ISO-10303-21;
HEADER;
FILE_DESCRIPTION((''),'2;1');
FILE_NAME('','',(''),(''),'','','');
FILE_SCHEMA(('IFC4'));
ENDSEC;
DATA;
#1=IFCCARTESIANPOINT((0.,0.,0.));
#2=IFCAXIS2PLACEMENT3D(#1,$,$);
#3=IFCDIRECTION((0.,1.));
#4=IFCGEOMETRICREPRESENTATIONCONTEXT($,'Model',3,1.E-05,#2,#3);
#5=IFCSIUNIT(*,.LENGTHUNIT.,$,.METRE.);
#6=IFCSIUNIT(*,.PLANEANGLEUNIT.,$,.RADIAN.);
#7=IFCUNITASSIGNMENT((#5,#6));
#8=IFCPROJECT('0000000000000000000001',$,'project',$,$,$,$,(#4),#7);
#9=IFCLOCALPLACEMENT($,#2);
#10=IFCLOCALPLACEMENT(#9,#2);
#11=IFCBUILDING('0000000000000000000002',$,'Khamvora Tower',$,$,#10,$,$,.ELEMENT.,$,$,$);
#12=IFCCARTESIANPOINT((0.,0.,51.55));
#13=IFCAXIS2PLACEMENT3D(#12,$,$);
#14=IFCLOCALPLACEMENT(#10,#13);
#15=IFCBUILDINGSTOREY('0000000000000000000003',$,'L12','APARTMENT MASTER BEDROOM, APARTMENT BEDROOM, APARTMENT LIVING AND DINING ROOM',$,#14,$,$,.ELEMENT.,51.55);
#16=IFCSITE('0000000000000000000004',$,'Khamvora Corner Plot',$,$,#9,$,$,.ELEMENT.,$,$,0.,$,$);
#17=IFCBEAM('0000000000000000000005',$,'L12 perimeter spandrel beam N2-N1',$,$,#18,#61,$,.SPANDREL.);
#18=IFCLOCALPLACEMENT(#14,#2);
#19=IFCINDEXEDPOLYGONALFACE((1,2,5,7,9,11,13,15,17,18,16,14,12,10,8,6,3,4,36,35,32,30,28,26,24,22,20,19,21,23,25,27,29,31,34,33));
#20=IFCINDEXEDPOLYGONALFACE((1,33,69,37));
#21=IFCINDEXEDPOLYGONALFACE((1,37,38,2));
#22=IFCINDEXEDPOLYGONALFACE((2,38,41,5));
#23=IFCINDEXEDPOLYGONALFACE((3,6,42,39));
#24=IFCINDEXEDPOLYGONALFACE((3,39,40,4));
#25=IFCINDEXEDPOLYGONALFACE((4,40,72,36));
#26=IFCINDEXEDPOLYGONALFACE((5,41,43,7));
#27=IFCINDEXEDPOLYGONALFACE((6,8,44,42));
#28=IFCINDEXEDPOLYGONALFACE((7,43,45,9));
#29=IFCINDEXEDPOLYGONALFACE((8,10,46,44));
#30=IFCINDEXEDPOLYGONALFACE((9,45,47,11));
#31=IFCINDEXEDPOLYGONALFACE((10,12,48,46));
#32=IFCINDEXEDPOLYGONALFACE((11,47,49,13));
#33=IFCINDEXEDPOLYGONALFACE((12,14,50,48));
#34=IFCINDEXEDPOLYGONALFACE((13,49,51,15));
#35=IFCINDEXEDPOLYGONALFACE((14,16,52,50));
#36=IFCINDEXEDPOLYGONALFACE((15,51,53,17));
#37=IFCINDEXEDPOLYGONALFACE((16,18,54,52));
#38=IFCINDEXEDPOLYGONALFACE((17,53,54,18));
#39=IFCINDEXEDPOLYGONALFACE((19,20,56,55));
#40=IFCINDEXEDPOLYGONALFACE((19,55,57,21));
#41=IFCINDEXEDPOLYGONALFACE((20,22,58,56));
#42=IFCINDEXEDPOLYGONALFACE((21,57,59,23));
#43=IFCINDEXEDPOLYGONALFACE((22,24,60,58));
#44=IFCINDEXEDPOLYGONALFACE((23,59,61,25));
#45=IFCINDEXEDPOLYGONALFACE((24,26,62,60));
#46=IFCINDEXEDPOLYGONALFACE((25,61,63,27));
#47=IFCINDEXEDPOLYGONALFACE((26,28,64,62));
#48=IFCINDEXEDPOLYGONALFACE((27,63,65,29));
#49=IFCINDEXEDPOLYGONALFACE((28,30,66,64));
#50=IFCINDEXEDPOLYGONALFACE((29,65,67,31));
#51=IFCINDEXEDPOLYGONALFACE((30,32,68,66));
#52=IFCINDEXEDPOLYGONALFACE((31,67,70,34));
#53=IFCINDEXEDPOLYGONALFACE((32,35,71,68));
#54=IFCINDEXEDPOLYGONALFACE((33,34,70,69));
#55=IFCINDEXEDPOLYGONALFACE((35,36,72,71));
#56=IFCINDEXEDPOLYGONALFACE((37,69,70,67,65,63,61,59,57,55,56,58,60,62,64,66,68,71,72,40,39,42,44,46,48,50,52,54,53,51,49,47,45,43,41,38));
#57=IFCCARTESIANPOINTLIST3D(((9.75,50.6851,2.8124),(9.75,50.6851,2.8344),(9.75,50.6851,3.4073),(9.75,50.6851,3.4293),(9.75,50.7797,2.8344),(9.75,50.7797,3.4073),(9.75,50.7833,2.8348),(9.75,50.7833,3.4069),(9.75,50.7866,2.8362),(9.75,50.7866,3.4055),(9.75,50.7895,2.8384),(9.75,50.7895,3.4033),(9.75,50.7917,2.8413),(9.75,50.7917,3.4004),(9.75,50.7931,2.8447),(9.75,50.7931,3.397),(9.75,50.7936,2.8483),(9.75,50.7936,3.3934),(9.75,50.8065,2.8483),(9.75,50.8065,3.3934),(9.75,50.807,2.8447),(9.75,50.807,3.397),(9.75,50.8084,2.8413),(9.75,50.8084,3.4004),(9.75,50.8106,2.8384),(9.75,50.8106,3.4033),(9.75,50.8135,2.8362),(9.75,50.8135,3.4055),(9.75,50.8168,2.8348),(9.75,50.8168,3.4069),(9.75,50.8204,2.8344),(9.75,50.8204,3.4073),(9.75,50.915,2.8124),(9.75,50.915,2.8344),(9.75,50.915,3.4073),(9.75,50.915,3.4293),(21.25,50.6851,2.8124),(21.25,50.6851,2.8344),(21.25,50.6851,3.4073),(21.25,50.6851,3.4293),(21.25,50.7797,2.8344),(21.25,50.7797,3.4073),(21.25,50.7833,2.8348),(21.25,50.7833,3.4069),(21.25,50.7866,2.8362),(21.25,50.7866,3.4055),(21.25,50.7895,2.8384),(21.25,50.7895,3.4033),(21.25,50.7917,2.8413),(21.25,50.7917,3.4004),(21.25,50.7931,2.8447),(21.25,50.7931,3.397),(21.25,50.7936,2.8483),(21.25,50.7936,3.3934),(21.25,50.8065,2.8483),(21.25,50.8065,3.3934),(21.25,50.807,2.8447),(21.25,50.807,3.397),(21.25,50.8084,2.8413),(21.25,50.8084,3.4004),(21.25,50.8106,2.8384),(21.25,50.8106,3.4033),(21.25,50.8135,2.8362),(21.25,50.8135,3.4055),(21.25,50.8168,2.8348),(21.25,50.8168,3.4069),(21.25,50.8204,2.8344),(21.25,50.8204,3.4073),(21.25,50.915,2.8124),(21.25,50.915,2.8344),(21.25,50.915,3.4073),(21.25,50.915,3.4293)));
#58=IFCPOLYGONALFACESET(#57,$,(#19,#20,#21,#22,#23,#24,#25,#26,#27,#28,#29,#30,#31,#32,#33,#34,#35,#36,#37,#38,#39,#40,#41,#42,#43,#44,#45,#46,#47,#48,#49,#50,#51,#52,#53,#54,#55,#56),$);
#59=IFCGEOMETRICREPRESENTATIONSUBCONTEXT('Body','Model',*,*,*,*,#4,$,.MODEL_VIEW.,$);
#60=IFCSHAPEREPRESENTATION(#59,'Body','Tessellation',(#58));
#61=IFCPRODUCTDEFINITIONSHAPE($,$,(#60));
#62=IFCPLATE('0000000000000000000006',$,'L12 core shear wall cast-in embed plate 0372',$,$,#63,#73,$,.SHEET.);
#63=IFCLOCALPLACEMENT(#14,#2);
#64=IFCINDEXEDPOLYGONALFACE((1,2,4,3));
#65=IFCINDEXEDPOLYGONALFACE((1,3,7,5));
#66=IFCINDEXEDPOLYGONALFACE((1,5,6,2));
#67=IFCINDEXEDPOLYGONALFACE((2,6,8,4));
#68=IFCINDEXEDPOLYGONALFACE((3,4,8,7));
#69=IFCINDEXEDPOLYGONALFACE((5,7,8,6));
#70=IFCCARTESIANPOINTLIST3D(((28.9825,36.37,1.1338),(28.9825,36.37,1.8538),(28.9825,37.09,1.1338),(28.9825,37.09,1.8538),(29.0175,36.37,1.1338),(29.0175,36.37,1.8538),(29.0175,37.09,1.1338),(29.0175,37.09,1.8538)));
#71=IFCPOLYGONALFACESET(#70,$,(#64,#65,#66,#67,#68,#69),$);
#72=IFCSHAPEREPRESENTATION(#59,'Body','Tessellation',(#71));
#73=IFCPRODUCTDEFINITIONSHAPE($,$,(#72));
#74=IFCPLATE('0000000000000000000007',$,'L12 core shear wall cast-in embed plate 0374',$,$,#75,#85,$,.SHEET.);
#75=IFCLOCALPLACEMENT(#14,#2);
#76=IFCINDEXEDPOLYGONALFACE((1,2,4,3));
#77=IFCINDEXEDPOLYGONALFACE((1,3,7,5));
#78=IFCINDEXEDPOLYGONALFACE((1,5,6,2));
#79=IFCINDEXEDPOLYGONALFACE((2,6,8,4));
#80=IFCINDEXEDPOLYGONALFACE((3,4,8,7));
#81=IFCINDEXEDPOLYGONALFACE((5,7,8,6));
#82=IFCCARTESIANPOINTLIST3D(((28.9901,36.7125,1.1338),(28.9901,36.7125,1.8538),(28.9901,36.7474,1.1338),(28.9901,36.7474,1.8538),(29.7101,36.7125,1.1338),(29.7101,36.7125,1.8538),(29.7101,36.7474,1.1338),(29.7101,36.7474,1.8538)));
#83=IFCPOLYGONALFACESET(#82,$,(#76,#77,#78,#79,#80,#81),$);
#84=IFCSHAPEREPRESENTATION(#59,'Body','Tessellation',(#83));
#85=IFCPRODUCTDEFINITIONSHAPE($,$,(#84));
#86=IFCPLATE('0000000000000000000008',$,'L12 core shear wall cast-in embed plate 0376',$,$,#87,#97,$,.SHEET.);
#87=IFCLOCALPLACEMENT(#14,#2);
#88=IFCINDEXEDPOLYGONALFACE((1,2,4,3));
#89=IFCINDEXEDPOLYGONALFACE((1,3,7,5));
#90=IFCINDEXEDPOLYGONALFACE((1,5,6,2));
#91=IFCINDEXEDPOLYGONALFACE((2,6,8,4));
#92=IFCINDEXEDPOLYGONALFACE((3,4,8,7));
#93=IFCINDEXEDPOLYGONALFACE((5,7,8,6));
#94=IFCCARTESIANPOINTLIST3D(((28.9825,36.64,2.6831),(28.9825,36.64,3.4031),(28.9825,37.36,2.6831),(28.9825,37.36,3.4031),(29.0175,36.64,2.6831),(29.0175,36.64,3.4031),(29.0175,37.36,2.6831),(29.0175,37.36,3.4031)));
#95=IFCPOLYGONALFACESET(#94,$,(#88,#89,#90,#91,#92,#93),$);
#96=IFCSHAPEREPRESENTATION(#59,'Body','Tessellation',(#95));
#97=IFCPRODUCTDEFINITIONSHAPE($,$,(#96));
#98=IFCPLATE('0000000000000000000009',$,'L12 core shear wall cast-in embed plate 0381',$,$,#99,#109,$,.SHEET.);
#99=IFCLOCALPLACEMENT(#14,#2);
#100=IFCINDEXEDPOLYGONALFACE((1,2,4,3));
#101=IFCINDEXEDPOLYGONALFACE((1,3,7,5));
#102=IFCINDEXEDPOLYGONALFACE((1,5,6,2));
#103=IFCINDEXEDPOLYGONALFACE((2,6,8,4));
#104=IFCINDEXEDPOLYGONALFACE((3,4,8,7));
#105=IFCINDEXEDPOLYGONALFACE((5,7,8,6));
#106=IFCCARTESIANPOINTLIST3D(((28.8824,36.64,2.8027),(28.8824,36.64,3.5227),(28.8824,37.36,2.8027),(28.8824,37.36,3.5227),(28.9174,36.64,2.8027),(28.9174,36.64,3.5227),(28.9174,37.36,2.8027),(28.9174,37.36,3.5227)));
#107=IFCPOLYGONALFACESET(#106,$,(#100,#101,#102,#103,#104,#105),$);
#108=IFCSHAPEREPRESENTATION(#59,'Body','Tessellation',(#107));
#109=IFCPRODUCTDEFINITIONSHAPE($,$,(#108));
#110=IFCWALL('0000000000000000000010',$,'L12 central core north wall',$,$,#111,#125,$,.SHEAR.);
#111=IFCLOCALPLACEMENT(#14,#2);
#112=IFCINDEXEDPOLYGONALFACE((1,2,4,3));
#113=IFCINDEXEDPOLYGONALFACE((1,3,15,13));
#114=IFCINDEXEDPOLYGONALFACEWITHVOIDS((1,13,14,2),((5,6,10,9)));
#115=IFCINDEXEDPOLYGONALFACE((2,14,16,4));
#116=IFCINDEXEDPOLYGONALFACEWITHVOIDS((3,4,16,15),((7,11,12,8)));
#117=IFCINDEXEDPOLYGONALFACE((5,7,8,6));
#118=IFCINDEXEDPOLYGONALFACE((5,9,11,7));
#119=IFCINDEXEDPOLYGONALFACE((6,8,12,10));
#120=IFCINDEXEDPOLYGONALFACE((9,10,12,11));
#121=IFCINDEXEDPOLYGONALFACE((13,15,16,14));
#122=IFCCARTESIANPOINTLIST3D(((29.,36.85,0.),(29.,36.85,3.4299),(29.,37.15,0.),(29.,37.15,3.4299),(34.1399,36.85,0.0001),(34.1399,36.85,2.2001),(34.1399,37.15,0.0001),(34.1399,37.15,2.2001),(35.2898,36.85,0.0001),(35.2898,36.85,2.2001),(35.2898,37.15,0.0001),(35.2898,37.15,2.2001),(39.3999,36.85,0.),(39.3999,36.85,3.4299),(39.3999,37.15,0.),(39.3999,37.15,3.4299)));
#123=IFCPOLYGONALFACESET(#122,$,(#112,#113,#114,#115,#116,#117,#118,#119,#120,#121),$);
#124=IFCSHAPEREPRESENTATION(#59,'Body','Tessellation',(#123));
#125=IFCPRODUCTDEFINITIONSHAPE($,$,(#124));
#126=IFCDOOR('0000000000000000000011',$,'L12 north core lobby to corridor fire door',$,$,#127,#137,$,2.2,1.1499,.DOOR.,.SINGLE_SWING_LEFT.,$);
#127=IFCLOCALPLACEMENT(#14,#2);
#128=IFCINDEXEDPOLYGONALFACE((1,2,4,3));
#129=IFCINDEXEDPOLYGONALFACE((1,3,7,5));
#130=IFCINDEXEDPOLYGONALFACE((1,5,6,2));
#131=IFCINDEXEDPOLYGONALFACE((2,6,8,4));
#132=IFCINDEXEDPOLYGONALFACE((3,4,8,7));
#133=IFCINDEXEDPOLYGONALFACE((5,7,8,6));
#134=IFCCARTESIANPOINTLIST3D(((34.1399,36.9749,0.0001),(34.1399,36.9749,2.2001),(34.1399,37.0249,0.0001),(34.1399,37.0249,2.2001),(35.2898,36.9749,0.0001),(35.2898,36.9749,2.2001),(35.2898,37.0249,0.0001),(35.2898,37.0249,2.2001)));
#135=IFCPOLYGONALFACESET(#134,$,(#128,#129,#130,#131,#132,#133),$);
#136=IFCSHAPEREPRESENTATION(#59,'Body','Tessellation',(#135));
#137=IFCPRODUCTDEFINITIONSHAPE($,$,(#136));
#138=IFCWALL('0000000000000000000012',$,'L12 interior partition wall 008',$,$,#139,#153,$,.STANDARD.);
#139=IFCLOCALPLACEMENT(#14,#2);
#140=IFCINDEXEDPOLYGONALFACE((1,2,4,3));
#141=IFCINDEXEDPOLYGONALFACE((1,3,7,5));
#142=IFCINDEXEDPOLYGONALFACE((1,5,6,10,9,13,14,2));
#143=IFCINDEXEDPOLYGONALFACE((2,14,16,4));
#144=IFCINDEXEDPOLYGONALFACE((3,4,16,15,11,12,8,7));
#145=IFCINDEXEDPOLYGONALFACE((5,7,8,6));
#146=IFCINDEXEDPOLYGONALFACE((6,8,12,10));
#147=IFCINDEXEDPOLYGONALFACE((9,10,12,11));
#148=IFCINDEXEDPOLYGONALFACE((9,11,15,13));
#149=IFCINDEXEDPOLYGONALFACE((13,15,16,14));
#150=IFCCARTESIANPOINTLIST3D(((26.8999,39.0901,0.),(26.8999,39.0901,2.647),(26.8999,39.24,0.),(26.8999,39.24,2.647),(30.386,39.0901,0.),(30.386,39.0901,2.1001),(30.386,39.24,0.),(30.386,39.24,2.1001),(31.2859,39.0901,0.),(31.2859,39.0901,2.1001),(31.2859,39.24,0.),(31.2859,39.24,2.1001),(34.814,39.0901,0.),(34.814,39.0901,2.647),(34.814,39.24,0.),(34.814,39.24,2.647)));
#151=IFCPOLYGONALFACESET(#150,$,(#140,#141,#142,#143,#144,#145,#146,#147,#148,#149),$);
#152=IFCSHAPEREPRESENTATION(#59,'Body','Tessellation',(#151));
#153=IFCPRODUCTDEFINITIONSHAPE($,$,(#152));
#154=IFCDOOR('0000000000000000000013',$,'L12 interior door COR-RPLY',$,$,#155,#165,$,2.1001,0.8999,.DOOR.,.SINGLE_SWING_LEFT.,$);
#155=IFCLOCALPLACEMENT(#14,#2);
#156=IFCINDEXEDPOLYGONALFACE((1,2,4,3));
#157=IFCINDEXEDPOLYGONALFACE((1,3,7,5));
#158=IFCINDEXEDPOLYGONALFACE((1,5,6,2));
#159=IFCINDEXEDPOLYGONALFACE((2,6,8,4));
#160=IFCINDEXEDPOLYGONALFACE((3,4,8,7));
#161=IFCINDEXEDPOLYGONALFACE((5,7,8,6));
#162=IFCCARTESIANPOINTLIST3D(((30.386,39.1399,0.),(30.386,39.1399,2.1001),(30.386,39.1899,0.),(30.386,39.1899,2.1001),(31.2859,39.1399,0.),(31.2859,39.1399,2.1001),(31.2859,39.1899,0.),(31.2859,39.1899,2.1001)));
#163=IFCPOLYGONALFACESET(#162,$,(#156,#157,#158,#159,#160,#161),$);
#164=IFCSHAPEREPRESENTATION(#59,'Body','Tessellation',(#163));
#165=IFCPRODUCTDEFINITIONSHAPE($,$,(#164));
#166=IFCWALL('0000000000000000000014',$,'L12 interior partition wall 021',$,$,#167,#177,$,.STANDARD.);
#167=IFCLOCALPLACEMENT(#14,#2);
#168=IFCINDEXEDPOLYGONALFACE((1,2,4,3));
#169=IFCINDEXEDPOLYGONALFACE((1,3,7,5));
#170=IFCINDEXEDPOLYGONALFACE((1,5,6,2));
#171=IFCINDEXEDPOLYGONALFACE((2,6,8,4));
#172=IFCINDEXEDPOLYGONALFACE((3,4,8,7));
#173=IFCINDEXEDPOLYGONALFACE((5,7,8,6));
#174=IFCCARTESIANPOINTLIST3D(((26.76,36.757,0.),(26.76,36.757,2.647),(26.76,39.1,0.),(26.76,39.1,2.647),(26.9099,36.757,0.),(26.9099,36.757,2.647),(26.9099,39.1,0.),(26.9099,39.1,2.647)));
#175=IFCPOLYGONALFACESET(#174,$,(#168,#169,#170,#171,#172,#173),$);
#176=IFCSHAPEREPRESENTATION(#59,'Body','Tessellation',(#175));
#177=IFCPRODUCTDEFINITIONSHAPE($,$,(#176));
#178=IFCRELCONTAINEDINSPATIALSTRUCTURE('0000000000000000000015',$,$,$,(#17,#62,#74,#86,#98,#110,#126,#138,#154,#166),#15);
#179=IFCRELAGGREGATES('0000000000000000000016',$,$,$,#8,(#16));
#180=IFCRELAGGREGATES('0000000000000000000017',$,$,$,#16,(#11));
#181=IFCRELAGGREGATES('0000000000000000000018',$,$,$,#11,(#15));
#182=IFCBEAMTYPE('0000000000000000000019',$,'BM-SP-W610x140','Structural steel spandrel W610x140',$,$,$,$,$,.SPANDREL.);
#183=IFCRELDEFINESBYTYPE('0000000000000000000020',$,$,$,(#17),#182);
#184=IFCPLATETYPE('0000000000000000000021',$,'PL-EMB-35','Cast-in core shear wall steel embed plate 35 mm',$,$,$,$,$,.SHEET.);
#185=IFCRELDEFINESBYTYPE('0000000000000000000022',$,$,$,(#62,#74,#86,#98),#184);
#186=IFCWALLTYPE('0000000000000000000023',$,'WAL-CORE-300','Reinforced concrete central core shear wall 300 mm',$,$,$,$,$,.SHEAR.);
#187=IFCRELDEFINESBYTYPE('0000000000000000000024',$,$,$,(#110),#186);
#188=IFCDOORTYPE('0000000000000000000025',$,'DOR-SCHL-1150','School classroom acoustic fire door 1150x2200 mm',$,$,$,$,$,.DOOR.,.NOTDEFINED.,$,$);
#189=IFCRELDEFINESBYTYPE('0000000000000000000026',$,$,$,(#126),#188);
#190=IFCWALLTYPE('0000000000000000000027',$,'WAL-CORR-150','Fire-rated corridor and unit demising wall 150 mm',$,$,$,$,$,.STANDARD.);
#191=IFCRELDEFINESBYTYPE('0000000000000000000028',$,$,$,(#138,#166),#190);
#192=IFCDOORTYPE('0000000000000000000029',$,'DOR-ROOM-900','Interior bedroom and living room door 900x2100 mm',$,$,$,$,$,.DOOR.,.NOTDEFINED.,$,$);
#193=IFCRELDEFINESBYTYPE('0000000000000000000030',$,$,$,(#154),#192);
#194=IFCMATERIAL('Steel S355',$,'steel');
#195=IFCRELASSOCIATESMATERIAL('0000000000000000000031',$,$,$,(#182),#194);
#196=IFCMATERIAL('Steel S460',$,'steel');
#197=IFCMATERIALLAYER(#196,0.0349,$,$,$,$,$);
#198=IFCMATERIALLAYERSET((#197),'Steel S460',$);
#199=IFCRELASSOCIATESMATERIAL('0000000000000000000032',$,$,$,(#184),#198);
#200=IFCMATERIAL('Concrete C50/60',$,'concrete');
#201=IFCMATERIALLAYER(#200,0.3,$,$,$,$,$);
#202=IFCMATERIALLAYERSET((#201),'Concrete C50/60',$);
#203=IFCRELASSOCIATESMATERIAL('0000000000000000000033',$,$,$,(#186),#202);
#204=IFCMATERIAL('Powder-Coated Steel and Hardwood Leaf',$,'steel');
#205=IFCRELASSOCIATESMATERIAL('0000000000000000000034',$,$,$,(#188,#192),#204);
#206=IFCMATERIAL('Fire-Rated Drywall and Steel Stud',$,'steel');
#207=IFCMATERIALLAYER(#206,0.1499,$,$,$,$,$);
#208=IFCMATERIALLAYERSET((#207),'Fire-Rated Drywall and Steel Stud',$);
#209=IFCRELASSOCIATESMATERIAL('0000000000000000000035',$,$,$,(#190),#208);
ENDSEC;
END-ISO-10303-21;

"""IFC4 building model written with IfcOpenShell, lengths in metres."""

from ifc_helpers import new_model, si_unit, direction, frame, frame_2d, origin, origin_2d, place, context, subcontext, project, spatial, rectangle, i_section, extrude, material, layer, layer_set, material_profile, profile_set, type_object, element, fill, save


model = new_model("IFC4")

# Units and contexts
model_context = context("Model", 3, precision=1e-05, world=origin(), true_north=direction((0.0, 1.0)))
body_context = subcontext(model_context, "Body", "Model", "MODEL_VIEW")
ifc_project = project(units=[si_unit("LENGTHUNIT", "METRE"), si_unit("PLANEANGLEUNIT", "RADIAN")], contexts=[model_context])

# Site, building, storey
site_placement = place(None, origin())
site = spatial("IfcSite", under=ifc_project, at=site_placement, Name="Khamvora Corner Plot", CompositionType="ELEMENT", RefElevation=0.0)
building_placement = place(site_placement, origin())
building = spatial("IfcBuilding", under=site, at=building_placement, Name="Khamvora Tower", CompositionType="ELEMENT")
storey_placement = place(building_placement, frame((0.0, 0.0, 51.55)))
storey = spatial("IfcBuildingStorey", under=building, at=storey_placement, Name="L12", Description="APARTMENT MASTER BEDROOM, APARTMENT BEDROOM, APARTMENT LIVING AND DINING ROOM", CompositionType="ELEMENT", Elevation=51.55)

# Shared definitions
ifc_material_1 = material(Name="Steel S460", Category="steel")

# Beam
ifc_material_2 = material(Name="Steel S355", Category="steel")
ifc_material_profile_1 = material_profile(ifc_material_2, i_section(OverallWidth=0.23, OverallDepth=0.6169, WebThickness=0.0129, FlangeThickness=0.022, FilletRadius=0.0139, at=origin_2d()), Name="W610x140")
ifc_profile_set_1 = profile_set([ifc_material_profile_1], Name="Steel S355")
beam_type_1 = type_object("IfcBeamType", Name="BM-SP-W610x140", Description="Structural steel spandrel W610x140", PredefinedType="SPANDREL", material=ifc_profile_set_1)
beam_1_placement = place(storey_placement, frame((21.25, 50.8, 3.1208), z_axis=(-1.0, 0.0, 0.0), x_axis=(0.0, -1.0, 0.0)))
element("IfcBeam", 1, at=beam_1_placement, inside=storey, type_object=beam_type_1, Name="L12 perimeter spandrel beam N2-N1", PredefinedType="SPANDREL", context=body_context, shape_type="SweptSolid", body=[
    extrude(i_section(OverallWidth=0.23, OverallDepth=0.6169, WebThickness=0.0129, FlangeThickness=0.022, FilletRadius=0.0139, at=origin_2d()), origin(), (0.0, 0.0, 1.0), 11.5),
])

# Plates
ifc_layer_1 = layer(ifc_material_1, 0.0349)
ifc_layer_set_1 = layer_set([ifc_layer_1], Name="Steel S460")
plate_type = type_object("IfcPlateType", Name="PL-EMB-35", Description="Cast-in core shear wall steel embed plate 35 mm", PredefinedType="SHEET", material=ifc_layer_set_1)
plate_1_placement = place(storey_placement, frame((29.0, 36.73, 1.1338), z_axis=(0.0, 0.0, 1.0), x_axis=(1.0, 0.0, 0.0)))
element("IfcPlate", 2, at=plate_1_placement, inside=storey, type_object=plate_type, Name="L12 core shear wall cast-in embed plate 0372", PredefinedType="SHEET", context=body_context, shape_type="SweptSolid", body=[
    extrude(rectangle(XDim=0.0349, YDim=0.72, at=origin_2d()), origin(), (0.0, 0.0, 1.0), 0.72),
])
plate_2_placement = place(storey_placement, frame((29.3501, 36.73, 1.1338), z_axis=(0.0, 0.0, 1.0), x_axis=(1.0, 0.0, 0.0)))
element("IfcPlate", 3, at=plate_2_placement, inside=storey, type_object=plate_type, Name="L12 core shear wall cast-in embed plate 0374", PredefinedType="SHEET", context=body_context, shape_type="SweptSolid", body=[
    extrude(rectangle(XDim=0.72, YDim=0.0349, at=origin_2d()), origin(), (0.0, 0.0, 1.0), 0.72),
])
for number, where, z_axis, x_axis, name in (
    (4, (29.0, 37.0, 2.6831), (0.0, 0.0, 1.0), (1.0, 0.0, 0.0), "L12 core shear wall cast-in embed plate 0376"),
    (5, (28.8999, 37.0, 2.8027), (0.0, 0.0, 1.0), (1.0, 0.0, 0.0), "L12 core shear wall cast-in embed plate 0381"),
):
    element("IfcPlate", number, at=place(storey_placement, frame(where, z_axis=z_axis, x_axis=x_axis)), inside=storey, type_object=plate_type, Name=name, PredefinedType="SHEET", context=body_context, shape_type="SweptSolid", body=[
        extrude(rectangle(XDim=0.0349, YDim=0.72, at=origin_2d()), origin(), (0.0, 0.0, 1.0), 0.72),
    ])

# Walls, openings, doors
ifc_material_3 = material(Name="Concrete C50/60", Category="concrete")
ifc_layer_2 = layer(ifc_material_3, 0.3)
ifc_layer_set_2 = layer_set([ifc_layer_2], Name="Concrete C50/60")
wall_type_1 = type_object("IfcWallType", Name="WAL-CORE-300", Description="Reinforced concrete central core shear wall 300 mm", PredefinedType="SHEAR", material=ifc_layer_set_2)
wall_1_placement = place(storey_placement, frame((29.0, 37.0, 0.0), z_axis=(0.0, 0.0, 1.0), x_axis=(1.0, 0.0, 0.0)))
wall_1 = element("IfcWall", 6, at=wall_1_placement, inside=storey, type_object=wall_type_1, Name="L12 central core north wall", PredefinedType="SHEAR", context=body_context, shape_type="SweptSolid", body=[
    extrude(rectangle(XDim=10.3999, YDim=0.3, at=frame_2d((5.2, 0.0))), origin(), (0.0, 0.0, 1.0), 3.4299),
])
opening_1_placement = place(wall_1_placement, frame((5.1399, 0.0, 0.0)))
opening_1 = element("IfcOpeningElement", 7, at=opening_1_placement, cuts=wall_1, PredefinedType="OPENING", context=body_context, shape_type="SweptSolid", body=[
    extrude(rectangle(XDim=1.1499, YDim=2.2, at=frame_2d((0.575, 1.1001))), frame((0.0, 0.1599, 0.0), z_axis=(0.0, -1.0, 0.0), x_axis=(1.0, 0.0, 0.0)), (0.0, 0.0, 1.0), 0.3201),
])
ifc_material_4 = material(Name="Powder-Coated Steel and Hardwood Leaf", Category="steel")
door_type_1 = type_object("IfcDoorType", Name="DOR-SCHL-1150", Description="School classroom acoustic fire door 1150x2200 mm", OperationType="NOTDEFINED", PredefinedType="DOOR", material=ifc_material_4)
door_1_placement = place(opening_1_placement, origin())
door_1 = element("IfcDoor", 8, at=door_1_placement, inside=storey, type_object=door_type_1, Name="L12 north core lobby to corridor fire door", OperationType="SINGLE_SWING_LEFT", OverallHeight=2.2, OverallWidth=1.1499, PredefinedType="DOOR", context=body_context, shape_type="SweptSolid", body=[
    extrude(rectangle(XDim=1.1499, YDim=2.2, at=frame_2d((0.575, 1.1001))), frame((0.0, 0.0249, 0.0), z_axis=(0.0, -1.0, 0.0), x_axis=(1.0, 0.0, 0.0)), (0.0, 0.0, 1.0), 0.05),
])
fill(opening_1, door_1)
ifc_material_5 = material(Name="Fire-Rated Drywall and Steel Stud", Category="steel")
ifc_layer_3 = layer(ifc_material_5, 0.1499)
ifc_layer_set_3 = layer_set([ifc_layer_3], Name="Fire-Rated Drywall and Steel Stud")
wall_type_2 = type_object("IfcWallType", Name="WAL-CORR-150", Description="Fire-rated corridor and unit demising wall 150 mm", PredefinedType="STANDARD", material=ifc_layer_set_3)
wall_2_placement = place(storey_placement, frame((26.8999, 39.165, 0.0), z_axis=(0.0, 0.0, 1.0), x_axis=(1.0, 0.0, 0.0)))
wall_2 = element("IfcWall", 9, at=wall_2_placement, inside=storey, type_object=wall_type_2, Name="L12 interior partition wall 008", PredefinedType="STANDARD", context=body_context, shape_type="SweptSolid", body=[
    extrude(rectangle(XDim=7.9141, YDim=0.1499, at=frame_2d((3.957, 0.0))), origin(), (0.0, 0.0, 1.0), 2.647),
])
opening_2_placement = place(wall_2_placement, frame((3.4861, 0.0, 0.0)))
opening_2 = element("IfcOpeningElement", 10, at=opening_2_placement, cuts=wall_2, PredefinedType="OPENING", context=body_context, shape_type="SweptSolid", body=[
    extrude(rectangle(XDim=0.8999, YDim=2.1001, at=frame_2d((0.45, 1.05))), frame((0.0, 0.085, 0.0), z_axis=(0.0, -1.0, 0.0), x_axis=(1.0, 0.0, 0.0)), (0.0, 0.0, 1.0), 0.1699),
])
door_type_2 = type_object("IfcDoorType", Name="DOR-ROOM-900", Description="Interior bedroom and living room door 900x2100 mm", OperationType="NOTDEFINED", PredefinedType="DOOR", material=ifc_material_4)
door_2_placement = place(opening_2_placement, origin())
door_2 = element("IfcDoor", 11, at=door_2_placement, inside=storey, type_object=door_type_2, Name="L12 interior door COR-RPLY", OperationType="SINGLE_SWING_LEFT", OverallHeight=2.1001, OverallWidth=0.8999, PredefinedType="DOOR", context=body_context, shape_type="SweptSolid", body=[
    extrude(rectangle(XDim=0.8999, YDim=2.1001, at=frame_2d((0.45, 1.05))), frame((0.0, 0.0249, 0.0), z_axis=(0.0, -1.0, 0.0), x_axis=(1.0, 0.0, 0.0)), (0.0, 0.0, 1.0), 0.05),
])
fill(opening_2, door_2)

# Wall
wall_3_placement = place(storey_placement, frame((26.835, 36.7571, 0.0), z_axis=(0.0, 0.0, 1.0), x_axis=(0.0, 1.0, 0.0)))
element("IfcWall", 12, at=wall_3_placement, inside=storey, type_object=wall_type_2, Name="L12 interior partition wall 021", PredefinedType="STANDARD", context=body_context, shape_type="SweptSolid", body=[
    extrude(rectangle(XDim=2.343, YDim=0.1499, at=frame_2d((1.1714, 0.0))), origin(), (0.0, 0.0, 1.0), 2.647),
])

save(model, "model.ifc")
